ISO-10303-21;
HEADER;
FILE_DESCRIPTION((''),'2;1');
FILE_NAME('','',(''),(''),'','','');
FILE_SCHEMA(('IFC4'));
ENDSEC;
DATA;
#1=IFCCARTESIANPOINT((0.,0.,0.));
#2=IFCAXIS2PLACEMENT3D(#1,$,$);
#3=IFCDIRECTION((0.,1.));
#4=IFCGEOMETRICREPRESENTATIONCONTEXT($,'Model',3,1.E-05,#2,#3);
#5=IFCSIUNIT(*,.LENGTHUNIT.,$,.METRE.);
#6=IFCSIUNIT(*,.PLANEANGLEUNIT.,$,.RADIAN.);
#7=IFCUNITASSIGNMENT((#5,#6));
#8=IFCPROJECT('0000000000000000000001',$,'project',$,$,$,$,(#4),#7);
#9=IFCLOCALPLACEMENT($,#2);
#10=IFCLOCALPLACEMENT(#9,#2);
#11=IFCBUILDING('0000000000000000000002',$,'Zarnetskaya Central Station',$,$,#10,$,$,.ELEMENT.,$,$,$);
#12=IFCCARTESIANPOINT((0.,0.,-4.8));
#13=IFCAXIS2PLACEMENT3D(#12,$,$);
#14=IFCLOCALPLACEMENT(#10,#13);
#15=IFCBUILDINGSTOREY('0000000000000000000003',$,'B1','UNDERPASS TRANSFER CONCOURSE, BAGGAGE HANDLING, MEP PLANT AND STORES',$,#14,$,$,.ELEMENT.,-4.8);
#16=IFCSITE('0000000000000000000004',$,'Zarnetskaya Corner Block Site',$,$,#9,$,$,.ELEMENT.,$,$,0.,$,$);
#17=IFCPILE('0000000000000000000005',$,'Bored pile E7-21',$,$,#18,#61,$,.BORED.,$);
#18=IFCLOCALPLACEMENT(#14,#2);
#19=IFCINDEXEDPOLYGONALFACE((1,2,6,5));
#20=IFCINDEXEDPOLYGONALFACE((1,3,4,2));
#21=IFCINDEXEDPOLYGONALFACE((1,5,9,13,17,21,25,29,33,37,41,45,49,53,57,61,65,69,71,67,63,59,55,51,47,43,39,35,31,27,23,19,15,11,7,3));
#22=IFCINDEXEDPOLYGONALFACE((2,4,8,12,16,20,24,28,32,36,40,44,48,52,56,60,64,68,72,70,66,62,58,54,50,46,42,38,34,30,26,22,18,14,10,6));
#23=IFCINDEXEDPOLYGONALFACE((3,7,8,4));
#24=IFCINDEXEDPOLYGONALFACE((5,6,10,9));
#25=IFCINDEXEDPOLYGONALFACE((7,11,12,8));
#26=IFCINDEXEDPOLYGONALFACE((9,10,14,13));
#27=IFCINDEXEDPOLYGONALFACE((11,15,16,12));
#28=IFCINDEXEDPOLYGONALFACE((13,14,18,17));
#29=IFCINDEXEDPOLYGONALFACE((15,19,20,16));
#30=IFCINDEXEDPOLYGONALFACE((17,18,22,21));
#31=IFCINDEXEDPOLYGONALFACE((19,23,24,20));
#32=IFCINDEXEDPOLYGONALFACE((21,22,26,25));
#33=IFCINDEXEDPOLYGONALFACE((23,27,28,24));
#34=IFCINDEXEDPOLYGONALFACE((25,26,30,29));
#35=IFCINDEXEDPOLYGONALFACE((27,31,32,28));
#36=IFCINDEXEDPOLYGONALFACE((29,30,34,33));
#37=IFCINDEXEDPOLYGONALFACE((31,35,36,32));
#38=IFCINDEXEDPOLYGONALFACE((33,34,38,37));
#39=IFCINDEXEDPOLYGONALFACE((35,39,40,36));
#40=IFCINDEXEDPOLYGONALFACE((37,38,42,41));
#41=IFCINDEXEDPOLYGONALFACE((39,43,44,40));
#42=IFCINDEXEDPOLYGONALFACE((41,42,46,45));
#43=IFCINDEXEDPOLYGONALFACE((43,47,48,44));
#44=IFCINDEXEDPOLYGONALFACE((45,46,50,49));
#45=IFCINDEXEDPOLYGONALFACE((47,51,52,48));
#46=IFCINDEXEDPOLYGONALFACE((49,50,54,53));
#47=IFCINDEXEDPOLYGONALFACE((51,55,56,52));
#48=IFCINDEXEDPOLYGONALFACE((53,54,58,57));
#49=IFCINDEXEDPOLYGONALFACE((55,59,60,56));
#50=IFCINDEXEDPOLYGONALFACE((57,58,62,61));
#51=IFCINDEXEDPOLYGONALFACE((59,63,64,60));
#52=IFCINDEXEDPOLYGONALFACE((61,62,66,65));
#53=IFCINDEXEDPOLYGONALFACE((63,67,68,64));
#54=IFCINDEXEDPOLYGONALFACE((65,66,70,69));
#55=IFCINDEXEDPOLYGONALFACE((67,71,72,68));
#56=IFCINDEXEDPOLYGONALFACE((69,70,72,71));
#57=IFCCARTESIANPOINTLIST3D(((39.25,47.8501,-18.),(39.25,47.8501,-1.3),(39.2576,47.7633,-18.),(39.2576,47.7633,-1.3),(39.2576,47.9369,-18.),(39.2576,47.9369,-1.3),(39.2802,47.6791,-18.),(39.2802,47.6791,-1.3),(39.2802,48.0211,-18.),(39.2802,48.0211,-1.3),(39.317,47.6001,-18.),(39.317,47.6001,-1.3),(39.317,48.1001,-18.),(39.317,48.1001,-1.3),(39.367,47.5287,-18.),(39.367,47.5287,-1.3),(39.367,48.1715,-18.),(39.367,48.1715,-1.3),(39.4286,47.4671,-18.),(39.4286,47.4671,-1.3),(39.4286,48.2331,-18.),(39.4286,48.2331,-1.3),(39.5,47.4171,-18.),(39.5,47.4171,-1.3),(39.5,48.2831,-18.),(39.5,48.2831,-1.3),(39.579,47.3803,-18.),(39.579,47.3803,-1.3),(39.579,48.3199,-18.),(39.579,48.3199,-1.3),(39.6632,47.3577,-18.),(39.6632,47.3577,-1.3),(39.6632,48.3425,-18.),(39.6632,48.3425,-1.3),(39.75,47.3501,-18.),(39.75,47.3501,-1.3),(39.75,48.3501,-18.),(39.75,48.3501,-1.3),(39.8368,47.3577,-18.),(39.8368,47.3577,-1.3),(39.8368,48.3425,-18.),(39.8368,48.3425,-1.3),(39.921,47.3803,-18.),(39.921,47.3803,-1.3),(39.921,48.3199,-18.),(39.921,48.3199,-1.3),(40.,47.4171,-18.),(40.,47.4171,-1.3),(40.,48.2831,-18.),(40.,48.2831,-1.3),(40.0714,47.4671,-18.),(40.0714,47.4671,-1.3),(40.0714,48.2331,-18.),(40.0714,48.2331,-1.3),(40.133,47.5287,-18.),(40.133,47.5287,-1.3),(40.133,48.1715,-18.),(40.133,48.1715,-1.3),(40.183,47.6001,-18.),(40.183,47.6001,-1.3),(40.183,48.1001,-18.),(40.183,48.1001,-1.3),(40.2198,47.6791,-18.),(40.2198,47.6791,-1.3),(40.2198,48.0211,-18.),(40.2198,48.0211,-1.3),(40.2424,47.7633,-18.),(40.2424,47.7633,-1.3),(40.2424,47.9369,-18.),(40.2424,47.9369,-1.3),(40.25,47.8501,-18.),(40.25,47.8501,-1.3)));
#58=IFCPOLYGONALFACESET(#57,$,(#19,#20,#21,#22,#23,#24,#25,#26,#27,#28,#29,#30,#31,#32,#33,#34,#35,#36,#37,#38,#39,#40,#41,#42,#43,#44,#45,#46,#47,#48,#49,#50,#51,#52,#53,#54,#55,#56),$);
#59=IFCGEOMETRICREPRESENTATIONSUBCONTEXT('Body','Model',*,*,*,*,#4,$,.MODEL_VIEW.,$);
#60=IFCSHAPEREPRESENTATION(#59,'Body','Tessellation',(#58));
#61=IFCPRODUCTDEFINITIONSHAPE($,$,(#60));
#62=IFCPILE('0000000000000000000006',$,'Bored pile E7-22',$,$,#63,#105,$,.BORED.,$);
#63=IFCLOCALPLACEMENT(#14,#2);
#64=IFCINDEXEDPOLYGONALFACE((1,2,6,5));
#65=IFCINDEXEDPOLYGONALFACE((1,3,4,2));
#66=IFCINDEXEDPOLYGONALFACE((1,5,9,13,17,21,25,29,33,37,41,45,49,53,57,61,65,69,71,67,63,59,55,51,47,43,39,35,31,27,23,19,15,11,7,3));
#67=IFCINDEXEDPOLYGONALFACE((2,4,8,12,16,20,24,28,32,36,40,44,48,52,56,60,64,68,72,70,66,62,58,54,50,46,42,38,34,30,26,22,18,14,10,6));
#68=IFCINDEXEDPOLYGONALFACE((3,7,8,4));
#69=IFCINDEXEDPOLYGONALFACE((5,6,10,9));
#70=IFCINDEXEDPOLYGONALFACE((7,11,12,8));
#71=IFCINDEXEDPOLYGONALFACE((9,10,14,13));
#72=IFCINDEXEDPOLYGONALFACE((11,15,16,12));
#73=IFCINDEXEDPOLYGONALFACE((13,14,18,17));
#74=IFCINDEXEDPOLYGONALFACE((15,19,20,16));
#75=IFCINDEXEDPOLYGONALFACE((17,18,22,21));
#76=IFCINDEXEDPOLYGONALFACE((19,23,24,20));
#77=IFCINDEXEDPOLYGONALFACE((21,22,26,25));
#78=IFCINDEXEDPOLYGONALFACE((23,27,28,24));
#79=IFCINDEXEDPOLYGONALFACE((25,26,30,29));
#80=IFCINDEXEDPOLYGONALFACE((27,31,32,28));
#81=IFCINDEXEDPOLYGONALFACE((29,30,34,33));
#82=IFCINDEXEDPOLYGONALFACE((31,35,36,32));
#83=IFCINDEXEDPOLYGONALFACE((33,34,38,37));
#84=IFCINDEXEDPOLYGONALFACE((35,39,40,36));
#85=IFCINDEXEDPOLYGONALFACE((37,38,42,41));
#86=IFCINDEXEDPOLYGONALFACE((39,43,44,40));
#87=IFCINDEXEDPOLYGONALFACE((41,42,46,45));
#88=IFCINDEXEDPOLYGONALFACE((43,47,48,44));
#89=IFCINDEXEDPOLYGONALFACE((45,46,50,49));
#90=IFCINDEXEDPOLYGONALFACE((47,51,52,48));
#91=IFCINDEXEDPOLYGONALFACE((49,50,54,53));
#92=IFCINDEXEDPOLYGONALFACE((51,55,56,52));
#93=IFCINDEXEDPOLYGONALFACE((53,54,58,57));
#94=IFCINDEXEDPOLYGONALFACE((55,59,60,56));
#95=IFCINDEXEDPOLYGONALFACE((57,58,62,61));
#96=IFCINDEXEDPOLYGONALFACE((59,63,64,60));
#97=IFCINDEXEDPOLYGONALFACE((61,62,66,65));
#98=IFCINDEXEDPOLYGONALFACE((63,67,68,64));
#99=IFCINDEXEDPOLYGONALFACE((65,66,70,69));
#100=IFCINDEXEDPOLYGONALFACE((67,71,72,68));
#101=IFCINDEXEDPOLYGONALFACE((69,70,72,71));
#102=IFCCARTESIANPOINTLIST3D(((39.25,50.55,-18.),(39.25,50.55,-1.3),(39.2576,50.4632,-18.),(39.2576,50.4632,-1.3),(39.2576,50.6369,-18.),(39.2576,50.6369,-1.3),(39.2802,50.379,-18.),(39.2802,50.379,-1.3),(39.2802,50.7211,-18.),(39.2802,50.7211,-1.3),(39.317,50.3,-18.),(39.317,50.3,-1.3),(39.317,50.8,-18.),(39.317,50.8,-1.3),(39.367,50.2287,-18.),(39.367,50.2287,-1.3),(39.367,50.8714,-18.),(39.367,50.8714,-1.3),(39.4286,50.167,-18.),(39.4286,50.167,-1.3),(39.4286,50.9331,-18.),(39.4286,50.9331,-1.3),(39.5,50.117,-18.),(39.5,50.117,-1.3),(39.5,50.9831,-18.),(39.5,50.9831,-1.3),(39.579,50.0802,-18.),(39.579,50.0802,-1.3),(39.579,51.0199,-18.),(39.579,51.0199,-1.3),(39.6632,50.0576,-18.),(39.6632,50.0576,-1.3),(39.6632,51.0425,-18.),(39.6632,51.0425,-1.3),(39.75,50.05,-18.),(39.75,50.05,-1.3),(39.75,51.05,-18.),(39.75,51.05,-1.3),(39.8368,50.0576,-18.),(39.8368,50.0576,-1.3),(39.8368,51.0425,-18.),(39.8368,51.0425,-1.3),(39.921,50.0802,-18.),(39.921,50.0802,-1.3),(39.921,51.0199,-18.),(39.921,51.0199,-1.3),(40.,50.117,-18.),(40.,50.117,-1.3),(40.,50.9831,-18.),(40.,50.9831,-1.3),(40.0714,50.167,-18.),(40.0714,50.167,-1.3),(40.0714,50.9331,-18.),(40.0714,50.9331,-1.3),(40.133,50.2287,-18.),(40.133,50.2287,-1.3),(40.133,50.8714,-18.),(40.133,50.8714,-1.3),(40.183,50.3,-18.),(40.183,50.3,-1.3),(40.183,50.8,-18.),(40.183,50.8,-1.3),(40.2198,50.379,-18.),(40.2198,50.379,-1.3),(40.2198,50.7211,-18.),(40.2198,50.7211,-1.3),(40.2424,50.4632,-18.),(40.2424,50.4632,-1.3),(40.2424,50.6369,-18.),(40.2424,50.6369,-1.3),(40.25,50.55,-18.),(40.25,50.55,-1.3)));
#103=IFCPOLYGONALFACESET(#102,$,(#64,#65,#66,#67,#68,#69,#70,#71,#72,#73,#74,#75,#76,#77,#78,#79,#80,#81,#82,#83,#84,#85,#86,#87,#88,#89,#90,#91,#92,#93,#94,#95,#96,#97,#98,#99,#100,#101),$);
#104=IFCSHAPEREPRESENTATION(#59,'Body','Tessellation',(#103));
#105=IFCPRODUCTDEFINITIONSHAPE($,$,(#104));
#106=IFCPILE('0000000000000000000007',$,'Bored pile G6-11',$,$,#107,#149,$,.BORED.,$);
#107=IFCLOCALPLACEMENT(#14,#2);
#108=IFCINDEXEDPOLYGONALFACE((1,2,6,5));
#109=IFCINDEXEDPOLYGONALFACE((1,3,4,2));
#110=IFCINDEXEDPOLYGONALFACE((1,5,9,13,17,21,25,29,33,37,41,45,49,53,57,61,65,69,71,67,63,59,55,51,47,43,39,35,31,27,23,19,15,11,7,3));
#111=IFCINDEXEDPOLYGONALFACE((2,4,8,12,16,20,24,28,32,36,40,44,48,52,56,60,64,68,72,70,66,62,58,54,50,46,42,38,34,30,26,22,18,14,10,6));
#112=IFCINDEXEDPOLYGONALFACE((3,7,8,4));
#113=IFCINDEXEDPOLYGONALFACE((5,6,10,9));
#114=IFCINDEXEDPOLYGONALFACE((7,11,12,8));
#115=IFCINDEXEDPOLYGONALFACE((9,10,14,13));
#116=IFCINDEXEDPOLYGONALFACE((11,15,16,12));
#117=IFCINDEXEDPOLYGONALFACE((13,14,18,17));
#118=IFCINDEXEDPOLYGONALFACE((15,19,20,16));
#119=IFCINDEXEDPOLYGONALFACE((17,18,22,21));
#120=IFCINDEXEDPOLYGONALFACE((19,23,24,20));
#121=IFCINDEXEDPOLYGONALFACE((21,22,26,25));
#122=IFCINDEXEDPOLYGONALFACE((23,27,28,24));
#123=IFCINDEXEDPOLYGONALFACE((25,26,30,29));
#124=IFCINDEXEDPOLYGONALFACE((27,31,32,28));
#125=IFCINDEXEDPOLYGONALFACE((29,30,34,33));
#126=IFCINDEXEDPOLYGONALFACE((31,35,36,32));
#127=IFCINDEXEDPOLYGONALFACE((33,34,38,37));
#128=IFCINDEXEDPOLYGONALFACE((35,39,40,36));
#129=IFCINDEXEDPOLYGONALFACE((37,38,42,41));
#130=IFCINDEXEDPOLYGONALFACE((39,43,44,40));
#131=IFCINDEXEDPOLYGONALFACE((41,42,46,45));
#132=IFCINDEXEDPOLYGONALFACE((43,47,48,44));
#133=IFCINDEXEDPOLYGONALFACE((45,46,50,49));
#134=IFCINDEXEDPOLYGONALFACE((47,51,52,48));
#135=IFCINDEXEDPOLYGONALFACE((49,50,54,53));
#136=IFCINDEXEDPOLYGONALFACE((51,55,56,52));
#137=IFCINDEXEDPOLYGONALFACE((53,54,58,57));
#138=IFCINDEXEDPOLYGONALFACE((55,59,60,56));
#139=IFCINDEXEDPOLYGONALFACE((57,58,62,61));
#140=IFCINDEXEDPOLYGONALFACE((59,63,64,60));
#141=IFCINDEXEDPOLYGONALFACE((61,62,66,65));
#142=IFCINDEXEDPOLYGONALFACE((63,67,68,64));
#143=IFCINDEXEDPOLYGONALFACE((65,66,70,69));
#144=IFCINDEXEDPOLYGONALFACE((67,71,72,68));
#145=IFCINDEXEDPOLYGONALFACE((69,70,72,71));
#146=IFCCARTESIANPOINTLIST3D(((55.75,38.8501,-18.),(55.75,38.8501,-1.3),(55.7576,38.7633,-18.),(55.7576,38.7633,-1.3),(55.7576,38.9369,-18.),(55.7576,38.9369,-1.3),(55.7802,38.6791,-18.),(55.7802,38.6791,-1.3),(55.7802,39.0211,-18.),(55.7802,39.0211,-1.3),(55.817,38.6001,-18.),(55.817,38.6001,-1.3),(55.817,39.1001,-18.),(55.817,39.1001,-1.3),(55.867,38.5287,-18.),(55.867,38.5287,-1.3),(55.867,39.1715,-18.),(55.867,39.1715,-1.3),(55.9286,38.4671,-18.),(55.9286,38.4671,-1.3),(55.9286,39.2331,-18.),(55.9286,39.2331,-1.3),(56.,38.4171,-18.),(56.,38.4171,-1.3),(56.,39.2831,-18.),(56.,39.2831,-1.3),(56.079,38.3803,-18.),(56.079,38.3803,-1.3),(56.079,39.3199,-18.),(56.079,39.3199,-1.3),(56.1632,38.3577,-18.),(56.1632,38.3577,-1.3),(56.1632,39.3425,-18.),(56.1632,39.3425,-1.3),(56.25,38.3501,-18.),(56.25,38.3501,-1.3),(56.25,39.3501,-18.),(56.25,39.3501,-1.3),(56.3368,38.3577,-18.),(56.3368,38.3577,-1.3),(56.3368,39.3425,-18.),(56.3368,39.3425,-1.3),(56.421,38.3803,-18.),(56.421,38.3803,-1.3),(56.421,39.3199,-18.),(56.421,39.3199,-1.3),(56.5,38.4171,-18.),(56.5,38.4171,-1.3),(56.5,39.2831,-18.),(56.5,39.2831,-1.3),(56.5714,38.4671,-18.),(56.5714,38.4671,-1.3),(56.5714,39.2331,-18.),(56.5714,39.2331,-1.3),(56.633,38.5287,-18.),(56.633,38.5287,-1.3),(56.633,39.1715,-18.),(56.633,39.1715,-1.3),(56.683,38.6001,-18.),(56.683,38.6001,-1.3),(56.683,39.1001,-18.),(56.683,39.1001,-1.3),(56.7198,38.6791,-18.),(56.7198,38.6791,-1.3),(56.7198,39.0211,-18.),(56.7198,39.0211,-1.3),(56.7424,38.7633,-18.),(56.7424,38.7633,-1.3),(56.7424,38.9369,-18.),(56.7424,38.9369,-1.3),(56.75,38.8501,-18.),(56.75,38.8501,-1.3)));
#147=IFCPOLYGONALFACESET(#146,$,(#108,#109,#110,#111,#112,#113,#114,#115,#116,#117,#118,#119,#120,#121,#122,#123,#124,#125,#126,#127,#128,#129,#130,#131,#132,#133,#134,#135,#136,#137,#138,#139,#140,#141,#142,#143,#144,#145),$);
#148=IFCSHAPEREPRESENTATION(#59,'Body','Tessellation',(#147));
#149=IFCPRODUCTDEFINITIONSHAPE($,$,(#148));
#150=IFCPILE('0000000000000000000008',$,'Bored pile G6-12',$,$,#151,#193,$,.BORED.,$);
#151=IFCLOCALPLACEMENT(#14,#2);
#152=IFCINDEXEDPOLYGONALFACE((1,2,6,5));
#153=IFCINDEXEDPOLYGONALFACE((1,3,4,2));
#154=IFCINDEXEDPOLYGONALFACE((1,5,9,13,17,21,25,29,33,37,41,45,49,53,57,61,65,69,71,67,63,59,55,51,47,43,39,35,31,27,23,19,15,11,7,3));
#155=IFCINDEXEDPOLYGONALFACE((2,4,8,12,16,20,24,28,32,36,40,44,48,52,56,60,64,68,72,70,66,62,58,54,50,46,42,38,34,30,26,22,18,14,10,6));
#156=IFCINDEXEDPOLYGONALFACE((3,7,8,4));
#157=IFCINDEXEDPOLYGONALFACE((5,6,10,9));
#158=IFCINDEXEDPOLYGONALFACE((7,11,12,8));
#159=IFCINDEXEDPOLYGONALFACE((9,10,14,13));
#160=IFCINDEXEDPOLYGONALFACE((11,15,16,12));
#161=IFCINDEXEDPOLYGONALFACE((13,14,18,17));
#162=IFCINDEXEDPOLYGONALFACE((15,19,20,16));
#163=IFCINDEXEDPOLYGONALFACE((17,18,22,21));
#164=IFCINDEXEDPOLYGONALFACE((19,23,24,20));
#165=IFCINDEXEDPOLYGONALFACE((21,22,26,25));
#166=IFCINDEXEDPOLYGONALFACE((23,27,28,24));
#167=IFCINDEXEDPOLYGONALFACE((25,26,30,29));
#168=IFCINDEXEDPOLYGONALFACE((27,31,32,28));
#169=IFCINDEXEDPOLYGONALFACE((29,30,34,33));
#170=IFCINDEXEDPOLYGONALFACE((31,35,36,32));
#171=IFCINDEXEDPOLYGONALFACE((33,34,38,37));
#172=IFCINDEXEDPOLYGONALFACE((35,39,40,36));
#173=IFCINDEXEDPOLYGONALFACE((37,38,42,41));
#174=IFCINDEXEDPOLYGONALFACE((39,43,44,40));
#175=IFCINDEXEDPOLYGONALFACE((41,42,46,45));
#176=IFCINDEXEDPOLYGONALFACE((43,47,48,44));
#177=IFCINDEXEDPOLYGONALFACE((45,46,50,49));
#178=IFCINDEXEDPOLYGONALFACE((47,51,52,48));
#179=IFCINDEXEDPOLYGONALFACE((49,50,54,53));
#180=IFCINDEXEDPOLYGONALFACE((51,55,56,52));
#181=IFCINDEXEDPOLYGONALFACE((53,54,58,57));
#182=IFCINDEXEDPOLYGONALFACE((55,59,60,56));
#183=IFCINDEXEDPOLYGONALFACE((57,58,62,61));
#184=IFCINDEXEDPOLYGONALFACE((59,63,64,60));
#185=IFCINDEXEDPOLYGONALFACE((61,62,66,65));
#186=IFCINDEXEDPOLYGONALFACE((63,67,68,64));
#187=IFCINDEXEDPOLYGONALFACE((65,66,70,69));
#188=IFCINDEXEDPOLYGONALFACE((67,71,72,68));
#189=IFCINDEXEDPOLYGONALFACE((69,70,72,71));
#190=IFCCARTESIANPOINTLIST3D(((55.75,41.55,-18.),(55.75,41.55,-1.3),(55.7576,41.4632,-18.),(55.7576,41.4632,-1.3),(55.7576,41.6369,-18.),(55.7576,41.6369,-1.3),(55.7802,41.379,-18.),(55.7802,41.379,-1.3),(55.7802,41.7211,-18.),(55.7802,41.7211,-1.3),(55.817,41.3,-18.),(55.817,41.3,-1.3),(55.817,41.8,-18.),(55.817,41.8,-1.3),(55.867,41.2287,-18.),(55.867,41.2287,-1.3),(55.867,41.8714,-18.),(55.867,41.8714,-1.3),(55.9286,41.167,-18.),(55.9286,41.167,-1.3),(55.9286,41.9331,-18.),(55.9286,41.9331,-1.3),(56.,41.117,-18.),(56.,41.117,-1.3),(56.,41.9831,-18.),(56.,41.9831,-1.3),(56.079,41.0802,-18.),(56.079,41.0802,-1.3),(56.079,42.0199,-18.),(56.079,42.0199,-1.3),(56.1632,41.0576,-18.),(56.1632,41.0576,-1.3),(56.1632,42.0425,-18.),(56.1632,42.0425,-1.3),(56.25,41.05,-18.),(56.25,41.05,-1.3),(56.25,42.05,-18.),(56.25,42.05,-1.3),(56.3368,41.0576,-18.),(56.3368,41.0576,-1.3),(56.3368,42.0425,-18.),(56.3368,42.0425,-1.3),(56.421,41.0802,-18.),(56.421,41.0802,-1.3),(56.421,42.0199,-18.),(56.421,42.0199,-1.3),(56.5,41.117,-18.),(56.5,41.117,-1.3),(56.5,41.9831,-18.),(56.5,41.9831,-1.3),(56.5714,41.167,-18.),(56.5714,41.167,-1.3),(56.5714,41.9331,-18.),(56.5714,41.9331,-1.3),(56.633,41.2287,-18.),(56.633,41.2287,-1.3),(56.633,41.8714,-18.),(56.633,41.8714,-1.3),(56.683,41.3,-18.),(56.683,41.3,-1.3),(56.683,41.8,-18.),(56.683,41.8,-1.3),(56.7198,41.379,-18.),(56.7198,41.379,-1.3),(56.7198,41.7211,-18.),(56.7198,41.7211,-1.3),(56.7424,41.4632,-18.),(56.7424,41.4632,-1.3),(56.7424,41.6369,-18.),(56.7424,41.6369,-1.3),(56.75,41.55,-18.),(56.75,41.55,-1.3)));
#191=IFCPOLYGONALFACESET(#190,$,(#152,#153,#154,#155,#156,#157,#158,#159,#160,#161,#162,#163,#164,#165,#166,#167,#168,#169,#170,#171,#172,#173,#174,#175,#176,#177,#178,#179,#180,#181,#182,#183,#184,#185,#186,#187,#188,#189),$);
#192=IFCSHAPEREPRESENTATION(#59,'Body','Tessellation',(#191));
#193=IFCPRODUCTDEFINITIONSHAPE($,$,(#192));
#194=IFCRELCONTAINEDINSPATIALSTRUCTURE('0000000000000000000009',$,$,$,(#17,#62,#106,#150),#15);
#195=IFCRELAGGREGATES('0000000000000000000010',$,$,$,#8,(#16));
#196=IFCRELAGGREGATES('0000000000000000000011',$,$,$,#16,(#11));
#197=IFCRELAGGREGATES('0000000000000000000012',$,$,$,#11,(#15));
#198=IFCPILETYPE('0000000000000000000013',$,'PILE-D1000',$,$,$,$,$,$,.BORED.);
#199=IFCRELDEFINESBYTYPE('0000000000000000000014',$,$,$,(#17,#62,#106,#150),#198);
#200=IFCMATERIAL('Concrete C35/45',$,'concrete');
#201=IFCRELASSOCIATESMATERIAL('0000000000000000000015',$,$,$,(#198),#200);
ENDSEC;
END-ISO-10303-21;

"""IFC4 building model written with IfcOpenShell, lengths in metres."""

from ifc_helpers import new_model, si_unit, direction, frame, origin, origin_2d, place, context, subcontext, project, spatial, circle, extrude, material, material_profile, profile_set, type_object, element, save


model = new_model("IFC4")

# Units and contexts
model_context = context("Model", 3, precision=1e-05, world=origin(), true_north=direction((0.0, 1.0)))
body_context = subcontext(model_context, "Body", "Model", "MODEL_VIEW")
ifc_project = project(units=[si_unit("LENGTHUNIT", "METRE"), si_unit("PLANEANGLEUNIT", "RADIAN")], contexts=[model_context])

# Site, building, storey
site_placement = place(None, origin())
site = spatial("IfcSite", under=ifc_project, at=site_placement, Name="Zarnetskaya Corner Block Site", CompositionType="ELEMENT", RefElevation=0.0)
building_placement = place(site_placement, origin())
building = spatial("IfcBuilding", under=site, at=building_placement, Name="Zarnetskaya Central Station", CompositionType="ELEMENT")
storey_placement = place(building_placement, frame((0.0, 0.0, -4.8)))
storey = spatial("IfcBuildingStorey", under=building, at=storey_placement, Name="B1", Description="UNDERPASS TRANSFER CONCOURSE, BAGGAGE HANDLING, MEP PLANT AND STORES", CompositionType="ELEMENT", Elevation=-4.8)

# Shared definitions
ifc_material = material(Name="Concrete C35/45", Category="concrete")

# Piles
ifc_material_profile_1 = material_profile(ifc_material, circle(Radius=0.5, at=origin_2d()), Name="BORED PILE D1000")
ifc_profile_set_1 = profile_set([ifc_material_profile_1], Name="Concrete C35/45")
pile_type = type_object("IfcPileType", Name="PILE-D1000", PredefinedType="BORED", material=ifc_profile_set_1)
for number, where, z_axis, x_axis, name in (
    (1, (39.75, 47.8501, -1.3), (0.0, 0.0, -1.0), (1.0, 0.0, 0.0), "Bored pile E7-21"),
    (2, (39.75, 50.55, -1.3), (0.0, 0.0, -1.0), (1.0, 0.0, 0.0), "Bored pile E7-22"),
    (3, (56.25, 38.8501, -1.3), (0.0, 0.0, -1.0), (1.0, 0.0, 0.0), "Bored pile G6-11"),
    (4, (56.25, 41.55, -1.3), (0.0, 0.0, -1.0), (1.0, 0.0, 0.0), "Bored pile G6-12"),
):
    element("IfcPile", number, at=place(storey_placement, frame(where, z_axis=z_axis, x_axis=x_axis)), inside=storey, type_object=pile_type, Name=name, PredefinedType="BORED", context=body_context, shape_type="SweptSolid", body=[
        extrude(circle(Radius=0.5, at=origin_2d()), origin(), (0.0, 0.0, 1.0), 16.7),
    ])

save(model, "model.ifc")
